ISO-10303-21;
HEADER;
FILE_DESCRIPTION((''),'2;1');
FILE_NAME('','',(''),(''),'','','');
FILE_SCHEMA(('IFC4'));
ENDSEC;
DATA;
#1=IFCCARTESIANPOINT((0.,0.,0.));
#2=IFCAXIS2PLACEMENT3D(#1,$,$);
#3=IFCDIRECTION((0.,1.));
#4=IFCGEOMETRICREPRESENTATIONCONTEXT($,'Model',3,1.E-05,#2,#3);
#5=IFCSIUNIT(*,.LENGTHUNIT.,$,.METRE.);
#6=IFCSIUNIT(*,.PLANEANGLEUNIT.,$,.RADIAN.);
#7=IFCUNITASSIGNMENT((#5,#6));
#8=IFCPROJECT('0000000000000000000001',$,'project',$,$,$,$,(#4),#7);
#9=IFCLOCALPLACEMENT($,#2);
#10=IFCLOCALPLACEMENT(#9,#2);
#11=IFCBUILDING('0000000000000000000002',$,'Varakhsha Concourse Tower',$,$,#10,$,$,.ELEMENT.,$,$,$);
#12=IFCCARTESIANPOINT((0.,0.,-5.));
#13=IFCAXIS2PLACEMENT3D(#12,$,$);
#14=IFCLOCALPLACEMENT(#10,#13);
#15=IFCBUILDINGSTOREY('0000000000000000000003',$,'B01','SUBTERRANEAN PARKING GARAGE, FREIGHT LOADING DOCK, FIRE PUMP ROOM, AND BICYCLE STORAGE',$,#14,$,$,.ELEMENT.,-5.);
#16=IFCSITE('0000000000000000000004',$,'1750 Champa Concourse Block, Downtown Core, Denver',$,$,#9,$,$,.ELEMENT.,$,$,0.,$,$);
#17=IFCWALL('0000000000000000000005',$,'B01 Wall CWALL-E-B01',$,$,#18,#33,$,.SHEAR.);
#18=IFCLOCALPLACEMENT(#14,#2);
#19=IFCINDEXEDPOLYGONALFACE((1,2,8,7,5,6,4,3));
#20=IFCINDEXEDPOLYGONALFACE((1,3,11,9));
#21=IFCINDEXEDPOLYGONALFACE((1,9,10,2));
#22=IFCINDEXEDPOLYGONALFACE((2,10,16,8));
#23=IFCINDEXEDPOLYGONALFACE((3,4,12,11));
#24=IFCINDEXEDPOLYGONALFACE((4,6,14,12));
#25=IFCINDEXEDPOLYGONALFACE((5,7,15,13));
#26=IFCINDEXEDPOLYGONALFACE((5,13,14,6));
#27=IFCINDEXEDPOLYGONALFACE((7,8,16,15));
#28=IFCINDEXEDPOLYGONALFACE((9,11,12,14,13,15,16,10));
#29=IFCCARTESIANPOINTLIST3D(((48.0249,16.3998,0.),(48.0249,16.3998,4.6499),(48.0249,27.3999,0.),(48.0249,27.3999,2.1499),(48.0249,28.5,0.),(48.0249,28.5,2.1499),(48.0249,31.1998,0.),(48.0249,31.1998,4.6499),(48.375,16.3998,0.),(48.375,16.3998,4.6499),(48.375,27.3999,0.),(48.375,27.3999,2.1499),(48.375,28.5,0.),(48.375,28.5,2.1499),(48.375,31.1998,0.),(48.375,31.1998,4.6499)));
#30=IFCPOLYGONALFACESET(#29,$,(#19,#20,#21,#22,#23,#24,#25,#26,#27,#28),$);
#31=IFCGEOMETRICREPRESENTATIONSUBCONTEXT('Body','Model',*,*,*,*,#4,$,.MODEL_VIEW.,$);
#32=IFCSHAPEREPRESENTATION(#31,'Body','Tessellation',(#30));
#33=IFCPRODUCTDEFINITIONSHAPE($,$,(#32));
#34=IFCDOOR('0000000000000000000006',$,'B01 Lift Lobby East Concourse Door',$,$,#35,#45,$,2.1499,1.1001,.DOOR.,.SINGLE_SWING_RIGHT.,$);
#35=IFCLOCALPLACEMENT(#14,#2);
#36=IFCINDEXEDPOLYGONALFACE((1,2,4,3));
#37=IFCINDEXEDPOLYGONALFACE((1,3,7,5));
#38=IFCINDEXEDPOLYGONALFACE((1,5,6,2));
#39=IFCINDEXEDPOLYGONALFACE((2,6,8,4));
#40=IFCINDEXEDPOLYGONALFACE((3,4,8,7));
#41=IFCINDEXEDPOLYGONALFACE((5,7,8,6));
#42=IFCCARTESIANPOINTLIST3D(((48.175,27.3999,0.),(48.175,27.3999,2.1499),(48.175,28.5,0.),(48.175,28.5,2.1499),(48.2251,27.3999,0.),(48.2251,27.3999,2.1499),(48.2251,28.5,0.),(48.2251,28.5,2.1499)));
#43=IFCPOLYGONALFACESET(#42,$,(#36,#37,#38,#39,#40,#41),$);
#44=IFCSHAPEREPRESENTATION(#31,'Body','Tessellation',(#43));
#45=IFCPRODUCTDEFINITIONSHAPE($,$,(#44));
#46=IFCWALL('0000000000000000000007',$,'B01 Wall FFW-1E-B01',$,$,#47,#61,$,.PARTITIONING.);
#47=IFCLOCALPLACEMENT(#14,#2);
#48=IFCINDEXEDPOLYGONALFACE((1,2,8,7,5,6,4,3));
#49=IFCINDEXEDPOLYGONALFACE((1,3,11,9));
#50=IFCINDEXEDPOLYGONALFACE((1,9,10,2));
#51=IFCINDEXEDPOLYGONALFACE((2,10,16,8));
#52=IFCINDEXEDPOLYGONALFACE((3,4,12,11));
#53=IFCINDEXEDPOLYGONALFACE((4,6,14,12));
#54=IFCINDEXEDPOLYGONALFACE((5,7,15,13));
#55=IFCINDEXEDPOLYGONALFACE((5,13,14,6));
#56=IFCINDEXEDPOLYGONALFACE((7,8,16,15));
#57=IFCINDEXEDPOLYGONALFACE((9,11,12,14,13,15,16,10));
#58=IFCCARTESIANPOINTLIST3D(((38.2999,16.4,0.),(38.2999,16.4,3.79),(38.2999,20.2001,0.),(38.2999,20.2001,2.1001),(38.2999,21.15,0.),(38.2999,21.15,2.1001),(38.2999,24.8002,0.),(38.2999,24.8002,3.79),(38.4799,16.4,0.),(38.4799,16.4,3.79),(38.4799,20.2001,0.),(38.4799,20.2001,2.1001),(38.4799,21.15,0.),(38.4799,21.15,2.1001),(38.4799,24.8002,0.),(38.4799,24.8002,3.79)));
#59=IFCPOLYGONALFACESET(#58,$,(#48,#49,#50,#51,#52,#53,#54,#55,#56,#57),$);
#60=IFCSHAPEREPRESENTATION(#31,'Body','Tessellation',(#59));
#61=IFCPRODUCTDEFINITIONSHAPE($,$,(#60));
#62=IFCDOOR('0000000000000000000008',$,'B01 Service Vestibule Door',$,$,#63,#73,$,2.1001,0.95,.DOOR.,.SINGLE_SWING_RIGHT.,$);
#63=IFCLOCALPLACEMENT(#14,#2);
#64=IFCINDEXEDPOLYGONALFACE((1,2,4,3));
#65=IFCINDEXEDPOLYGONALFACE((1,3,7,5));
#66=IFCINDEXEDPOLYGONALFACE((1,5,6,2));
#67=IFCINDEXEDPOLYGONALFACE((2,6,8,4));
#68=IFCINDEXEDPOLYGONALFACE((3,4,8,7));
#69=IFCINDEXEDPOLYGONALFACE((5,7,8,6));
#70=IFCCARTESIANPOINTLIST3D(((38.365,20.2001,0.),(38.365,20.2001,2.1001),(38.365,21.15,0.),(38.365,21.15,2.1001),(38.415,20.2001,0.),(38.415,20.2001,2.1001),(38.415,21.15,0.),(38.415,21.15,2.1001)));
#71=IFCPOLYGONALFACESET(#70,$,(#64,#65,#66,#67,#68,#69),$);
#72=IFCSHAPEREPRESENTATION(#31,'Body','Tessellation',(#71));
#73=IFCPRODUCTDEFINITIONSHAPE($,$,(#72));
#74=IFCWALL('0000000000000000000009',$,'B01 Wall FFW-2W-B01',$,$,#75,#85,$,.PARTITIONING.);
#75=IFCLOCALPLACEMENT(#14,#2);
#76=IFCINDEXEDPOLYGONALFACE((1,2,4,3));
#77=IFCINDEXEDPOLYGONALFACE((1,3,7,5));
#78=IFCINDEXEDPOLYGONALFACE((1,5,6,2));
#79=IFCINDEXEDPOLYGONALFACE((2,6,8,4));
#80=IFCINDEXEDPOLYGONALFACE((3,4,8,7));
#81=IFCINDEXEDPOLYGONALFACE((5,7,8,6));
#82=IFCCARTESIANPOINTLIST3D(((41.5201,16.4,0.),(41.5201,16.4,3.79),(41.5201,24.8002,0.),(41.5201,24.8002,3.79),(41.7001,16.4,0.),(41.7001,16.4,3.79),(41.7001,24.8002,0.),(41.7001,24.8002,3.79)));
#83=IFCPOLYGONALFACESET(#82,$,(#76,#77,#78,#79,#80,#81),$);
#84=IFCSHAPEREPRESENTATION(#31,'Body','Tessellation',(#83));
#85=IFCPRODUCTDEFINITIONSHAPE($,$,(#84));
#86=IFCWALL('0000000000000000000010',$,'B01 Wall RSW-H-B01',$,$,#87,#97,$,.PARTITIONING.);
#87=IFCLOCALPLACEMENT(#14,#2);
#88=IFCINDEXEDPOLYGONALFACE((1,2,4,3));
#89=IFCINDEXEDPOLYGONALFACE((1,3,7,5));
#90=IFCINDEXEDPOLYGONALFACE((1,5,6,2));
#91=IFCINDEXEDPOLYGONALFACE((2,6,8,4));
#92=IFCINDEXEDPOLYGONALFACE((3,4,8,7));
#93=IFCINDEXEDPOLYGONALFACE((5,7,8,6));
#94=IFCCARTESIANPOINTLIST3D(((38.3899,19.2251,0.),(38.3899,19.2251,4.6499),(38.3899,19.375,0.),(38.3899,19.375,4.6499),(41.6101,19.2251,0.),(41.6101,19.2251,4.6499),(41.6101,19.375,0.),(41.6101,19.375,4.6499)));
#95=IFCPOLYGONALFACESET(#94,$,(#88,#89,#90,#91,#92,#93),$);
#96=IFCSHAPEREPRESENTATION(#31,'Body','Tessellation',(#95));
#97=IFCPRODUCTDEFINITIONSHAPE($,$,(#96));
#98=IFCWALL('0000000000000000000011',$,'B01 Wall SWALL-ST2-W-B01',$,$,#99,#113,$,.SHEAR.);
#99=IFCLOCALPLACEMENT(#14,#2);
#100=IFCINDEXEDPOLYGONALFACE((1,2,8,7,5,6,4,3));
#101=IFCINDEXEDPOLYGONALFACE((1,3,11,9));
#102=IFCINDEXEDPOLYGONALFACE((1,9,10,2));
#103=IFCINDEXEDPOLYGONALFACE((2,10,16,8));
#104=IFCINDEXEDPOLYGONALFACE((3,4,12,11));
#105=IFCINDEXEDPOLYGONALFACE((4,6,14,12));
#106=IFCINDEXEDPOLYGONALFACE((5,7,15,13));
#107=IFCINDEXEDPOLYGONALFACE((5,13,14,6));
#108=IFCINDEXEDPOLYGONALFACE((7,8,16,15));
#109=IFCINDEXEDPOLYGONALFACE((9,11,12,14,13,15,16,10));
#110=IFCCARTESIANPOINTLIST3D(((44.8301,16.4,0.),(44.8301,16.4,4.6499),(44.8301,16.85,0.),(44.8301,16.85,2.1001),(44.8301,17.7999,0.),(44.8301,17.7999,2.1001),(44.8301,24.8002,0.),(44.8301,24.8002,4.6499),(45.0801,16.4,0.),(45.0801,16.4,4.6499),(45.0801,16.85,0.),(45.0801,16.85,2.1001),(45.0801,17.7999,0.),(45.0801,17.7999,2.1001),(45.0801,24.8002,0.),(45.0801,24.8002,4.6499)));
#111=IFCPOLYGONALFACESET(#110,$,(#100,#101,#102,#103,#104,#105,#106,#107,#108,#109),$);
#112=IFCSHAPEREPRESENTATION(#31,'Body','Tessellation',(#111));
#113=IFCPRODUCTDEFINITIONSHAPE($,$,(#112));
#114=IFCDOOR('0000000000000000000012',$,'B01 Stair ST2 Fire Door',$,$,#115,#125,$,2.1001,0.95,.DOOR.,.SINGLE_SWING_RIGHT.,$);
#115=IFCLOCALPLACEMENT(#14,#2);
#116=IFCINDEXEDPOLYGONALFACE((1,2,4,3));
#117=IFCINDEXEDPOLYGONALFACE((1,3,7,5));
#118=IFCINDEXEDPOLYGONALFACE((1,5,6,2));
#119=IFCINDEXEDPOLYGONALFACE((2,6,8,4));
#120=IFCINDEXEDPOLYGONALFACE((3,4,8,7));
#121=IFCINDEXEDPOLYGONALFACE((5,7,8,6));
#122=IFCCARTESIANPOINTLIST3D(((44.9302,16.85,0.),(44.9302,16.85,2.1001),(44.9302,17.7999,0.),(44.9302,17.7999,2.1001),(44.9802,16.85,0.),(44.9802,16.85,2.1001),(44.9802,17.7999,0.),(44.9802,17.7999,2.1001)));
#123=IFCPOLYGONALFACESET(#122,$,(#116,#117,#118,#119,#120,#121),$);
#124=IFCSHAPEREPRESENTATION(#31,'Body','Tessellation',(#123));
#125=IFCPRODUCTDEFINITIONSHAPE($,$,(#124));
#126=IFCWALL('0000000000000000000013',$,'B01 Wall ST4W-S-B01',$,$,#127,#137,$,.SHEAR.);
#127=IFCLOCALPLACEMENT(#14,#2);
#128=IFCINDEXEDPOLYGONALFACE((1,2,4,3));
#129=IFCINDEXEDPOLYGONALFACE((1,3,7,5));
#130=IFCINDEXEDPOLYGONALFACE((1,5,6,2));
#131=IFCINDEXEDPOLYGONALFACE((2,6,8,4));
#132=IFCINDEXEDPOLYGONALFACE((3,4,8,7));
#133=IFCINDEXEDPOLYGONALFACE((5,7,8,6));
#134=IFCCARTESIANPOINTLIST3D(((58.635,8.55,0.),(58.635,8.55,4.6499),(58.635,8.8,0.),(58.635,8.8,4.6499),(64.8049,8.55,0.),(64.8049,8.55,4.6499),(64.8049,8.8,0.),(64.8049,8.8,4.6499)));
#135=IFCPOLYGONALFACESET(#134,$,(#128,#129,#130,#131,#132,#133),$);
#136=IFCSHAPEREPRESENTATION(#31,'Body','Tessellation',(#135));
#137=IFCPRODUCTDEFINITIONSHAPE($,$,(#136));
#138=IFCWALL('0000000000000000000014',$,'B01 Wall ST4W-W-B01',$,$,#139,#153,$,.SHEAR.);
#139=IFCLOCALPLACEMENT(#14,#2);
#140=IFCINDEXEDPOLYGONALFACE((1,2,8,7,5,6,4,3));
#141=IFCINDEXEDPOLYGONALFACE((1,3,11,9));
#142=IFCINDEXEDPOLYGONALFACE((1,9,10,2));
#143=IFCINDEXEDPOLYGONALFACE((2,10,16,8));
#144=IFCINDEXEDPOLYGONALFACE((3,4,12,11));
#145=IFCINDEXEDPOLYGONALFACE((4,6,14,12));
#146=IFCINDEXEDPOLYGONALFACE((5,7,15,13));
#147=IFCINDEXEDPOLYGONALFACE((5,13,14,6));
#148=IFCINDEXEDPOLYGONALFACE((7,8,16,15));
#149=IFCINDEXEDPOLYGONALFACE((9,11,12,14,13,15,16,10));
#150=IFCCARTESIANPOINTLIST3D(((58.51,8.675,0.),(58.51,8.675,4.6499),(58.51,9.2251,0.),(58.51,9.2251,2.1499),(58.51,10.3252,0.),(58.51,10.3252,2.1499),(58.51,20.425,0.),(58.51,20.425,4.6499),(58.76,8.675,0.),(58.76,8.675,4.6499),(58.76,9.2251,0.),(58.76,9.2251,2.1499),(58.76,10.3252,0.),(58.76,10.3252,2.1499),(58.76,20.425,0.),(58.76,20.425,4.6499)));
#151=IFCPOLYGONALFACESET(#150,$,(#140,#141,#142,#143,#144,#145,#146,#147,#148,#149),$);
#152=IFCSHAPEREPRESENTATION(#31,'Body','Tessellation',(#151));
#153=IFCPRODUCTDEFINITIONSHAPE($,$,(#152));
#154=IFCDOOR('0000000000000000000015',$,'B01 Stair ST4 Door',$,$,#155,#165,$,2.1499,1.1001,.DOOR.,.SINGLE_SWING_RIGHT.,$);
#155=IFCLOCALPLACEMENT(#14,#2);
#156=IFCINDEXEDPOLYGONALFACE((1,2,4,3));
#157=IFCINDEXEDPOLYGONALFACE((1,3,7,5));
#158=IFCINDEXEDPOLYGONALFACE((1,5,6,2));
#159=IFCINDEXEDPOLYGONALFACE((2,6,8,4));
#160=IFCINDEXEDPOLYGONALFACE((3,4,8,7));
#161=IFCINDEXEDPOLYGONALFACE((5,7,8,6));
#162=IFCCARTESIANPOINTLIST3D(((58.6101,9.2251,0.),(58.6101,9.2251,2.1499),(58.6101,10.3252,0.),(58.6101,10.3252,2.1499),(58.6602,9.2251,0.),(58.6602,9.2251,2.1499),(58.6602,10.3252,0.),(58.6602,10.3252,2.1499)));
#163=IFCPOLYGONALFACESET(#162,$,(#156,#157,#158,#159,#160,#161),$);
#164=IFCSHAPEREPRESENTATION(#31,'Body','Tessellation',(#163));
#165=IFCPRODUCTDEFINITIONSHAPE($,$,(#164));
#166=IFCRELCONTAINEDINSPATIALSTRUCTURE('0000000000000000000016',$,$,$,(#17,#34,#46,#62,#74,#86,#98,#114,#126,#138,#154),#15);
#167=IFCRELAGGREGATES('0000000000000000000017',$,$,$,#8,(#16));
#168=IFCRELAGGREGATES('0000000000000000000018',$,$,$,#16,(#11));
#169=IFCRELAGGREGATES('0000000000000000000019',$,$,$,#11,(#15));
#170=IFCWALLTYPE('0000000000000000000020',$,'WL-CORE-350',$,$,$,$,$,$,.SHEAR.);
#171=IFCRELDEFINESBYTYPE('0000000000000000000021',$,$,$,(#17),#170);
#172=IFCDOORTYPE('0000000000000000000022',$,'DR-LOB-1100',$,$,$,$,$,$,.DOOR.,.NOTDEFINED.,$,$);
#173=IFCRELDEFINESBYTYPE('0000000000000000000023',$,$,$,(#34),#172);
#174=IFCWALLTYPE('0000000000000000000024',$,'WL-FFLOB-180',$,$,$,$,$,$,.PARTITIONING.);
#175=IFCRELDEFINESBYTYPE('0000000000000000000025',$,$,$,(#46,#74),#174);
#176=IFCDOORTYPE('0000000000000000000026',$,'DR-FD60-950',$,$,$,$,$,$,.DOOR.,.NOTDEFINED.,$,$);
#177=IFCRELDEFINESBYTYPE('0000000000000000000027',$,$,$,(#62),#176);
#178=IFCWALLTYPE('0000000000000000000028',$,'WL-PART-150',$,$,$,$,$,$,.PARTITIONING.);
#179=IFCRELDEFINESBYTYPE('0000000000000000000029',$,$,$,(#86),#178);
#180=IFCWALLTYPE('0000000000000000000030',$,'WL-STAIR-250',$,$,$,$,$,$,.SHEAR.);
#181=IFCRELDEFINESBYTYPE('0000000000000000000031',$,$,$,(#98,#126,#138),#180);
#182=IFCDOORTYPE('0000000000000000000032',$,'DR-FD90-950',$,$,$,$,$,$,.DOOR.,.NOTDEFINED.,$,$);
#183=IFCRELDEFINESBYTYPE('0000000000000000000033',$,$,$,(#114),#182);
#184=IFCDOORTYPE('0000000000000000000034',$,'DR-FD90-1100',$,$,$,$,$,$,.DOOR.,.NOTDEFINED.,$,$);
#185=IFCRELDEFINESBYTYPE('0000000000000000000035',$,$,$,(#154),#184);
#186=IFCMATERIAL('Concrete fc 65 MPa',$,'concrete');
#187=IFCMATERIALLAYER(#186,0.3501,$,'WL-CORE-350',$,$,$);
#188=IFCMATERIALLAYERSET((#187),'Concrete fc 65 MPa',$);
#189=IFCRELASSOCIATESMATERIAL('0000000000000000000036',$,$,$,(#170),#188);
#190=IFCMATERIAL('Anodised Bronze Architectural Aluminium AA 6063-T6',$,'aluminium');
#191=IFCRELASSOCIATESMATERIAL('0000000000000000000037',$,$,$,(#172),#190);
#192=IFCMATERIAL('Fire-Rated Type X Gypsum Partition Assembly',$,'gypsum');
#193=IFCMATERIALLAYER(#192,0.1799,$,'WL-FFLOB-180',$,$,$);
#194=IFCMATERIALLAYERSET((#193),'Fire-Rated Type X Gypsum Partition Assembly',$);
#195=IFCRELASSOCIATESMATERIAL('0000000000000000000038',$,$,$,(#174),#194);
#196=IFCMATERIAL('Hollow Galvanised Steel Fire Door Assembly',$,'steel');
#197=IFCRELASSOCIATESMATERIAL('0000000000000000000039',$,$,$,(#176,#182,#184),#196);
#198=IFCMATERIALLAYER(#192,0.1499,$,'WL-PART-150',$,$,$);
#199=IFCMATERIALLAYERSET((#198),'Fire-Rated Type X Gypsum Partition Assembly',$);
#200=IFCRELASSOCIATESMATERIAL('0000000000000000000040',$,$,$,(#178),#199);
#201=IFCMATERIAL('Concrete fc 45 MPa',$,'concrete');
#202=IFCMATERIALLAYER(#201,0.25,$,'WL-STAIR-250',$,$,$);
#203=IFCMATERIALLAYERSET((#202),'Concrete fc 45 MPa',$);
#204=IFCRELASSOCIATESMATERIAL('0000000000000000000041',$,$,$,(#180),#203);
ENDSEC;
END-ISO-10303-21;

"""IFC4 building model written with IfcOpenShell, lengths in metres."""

from ifc_helpers import new_model, si_unit, direction, frame, frame_2d, origin, place, context, subcontext, project, spatial, rectangle, extrude, material, layer, layer_set, type_object, element, fill, save


model = new_model("IFC4")

# Units and contexts
model_context = context("Model", 3, precision=1e-05, world=origin(), true_north=direction((0.0, 1.0)))
body_context = subcontext(model_context, "Body", "Model", "MODEL_VIEW")
ifc_project = project(units=[si_unit("LENGTHUNIT", "METRE"), si_unit("PLANEANGLEUNIT", "RADIAN")], contexts=[model_context])

# Site, building, storey
site_placement = place(None, origin())
site = spatial("IfcSite", under=ifc_project, at=site_placement, Name="1750 Champa Concourse Block, Downtown Core, Denver", CompositionType="ELEMENT", RefElevation=0.0)
building_placement = place(site_placement, origin())
building = spatial("IfcBuilding", under=site, at=building_placement, Name="Varakhsha Concourse Tower", CompositionType="ELEMENT")
storey_placement = place(building_placement, frame((0.0, 0.0, -5.0)))
storey = spatial("IfcBuildingStorey", under=building, at=storey_placement, Name="B01", Description="SUBTERRANEAN PARKING GARAGE, FREIGHT LOADING DOCK, FIRE PUMP ROOM, AND BICYCLE STORAGE", CompositionType="ELEMENT", Elevation=-5.0)

# Shared definitions
ifc_material_1 = material(Name="Concrete fc 65 MPa", Category="concrete")

# Walls, openings, doors
ifc_layer_1 = layer(ifc_material_1, 0.3501, Name="WL-CORE-350")
ifc_layer_set_1 = layer_set([ifc_layer_1], Name="Concrete fc 65 MPa")
wall_type_1 = type_object("IfcWallType", Name="WL-CORE-350", PredefinedType="SHEAR", material=ifc_layer_set_1)
wall_1_placement = place(storey_placement, frame((48.2, 16.3999, 0.0), z_axis=(0.0, 0.0, 1.0), x_axis=(0.0, 1.0, 0.0)))
wall_1 = element("IfcWall", 1, at=wall_1_placement, inside=storey, type_object=wall_type_1, Name="B01 Wall CWALL-E-B01", PredefinedType="SHEAR", context=body_context, shape_type="SweptSolid", body=[
    extrude(rectangle(XDim=14.8, YDim=0.3501, at=frame_2d((7.3999, 0.0))), origin(), (0.0, 0.0, 1.0), 4.6499),
])
opening_1_placement = place(wall_1_placement, frame((11.0, 0.0, 0.0)))
opening_1 = element("IfcOpeningElement", 2, at=opening_1_placement, cuts=wall_1, PredefinedType="OPENING", context=body_context, shape_type="SweptSolid", body=[
    extrude(rectangle(XDim=1.1001, YDim=2.1499, at=frame_2d((0.55, 1.075))), frame((0.0, 0.1851, 0.0), z_axis=(0.0, -1.0, 0.0), x_axis=(1.0, 0.0, 0.0)), (0.0, 0.0, 1.0), 0.3701),
])
ifc_material_2 = material(Name="Anodised Bronze Architectural Aluminium AA 6063-T6", Category="aluminium")
door_type_1 = type_object("IfcDoorType", Name="DR-LOB-1100", OperationType="NOTDEFINED", PredefinedType="DOOR", material=ifc_material_2)
door_1_placement = place(opening_1_placement, origin())
door_1 = element("IfcDoor", 3, at=door_1_placement, inside=storey, type_object=door_type_1, Name="B01 Lift Lobby East Concourse Door", OperationType="SINGLE_SWING_RIGHT", OverallHeight=2.1499, OverallWidth=1.1001, PredefinedType="DOOR", context=body_context, shape_type="SweptSolid", body=[
    extrude(rectangle(XDim=1.1001, YDim=2.1499, at=frame_2d((0.55, 1.075))), frame((0.0, 0.0249, 0.0), z_axis=(0.0, -1.0, 0.0), x_axis=(1.0, 0.0, 0.0)), (0.0, 0.0, 1.0), 0.05),
])
fill(opening_1, door_1)
ifc_material_3 = material(Name="Fire-Rated Type X Gypsum Partition Assembly", Category="gypsum")
ifc_layer_2 = layer(ifc_material_3, 0.1799, Name="WL-FFLOB-180")
ifc_layer_set_2 = layer_set([ifc_layer_2], Name="Fire-Rated Type X Gypsum Partition Assembly")
wall_type_2 = type_object("IfcWallType", Name="WL-FFLOB-180", PredefinedType="PARTITIONING", material=ifc_layer_set_2)
wall_2_placement = place(storey_placement, frame((38.3899, 16.3999, 0.0), z_axis=(0.0, 0.0, 1.0), x_axis=(0.0, 1.0, 0.0)))
wall_2 = element("IfcWall", 4, at=wall_2_placement, inside=storey, type_object=wall_type_2, Name="B01 Wall FFW-1E-B01", PredefinedType="PARTITIONING", context=body_context, shape_type="SweptSolid", body=[
    extrude(rectangle(XDim=8.4001, YDim=0.1799, at=frame_2d((4.2002, 0.0))), origin(), (0.0, 0.0, 1.0), 3.79),
])
opening_2_placement = place(wall_2_placement, frame((3.8, 0.0, 0.0)))
opening_2 = element("IfcOpeningElement", 5, at=opening_2_placement, cuts=wall_2, PredefinedType="OPENING", context=body_context, shape_type="SweptSolid", body=[
    extrude(rectangle(XDim=0.95, YDim=2.1001, at=frame_2d((0.4751, 1.05))), frame((0.0, 0.0999, 0.0), z_axis=(0.0, -1.0, 0.0), x_axis=(1.0, 0.0, 0.0)), (0.0, 0.0, 1.0), 0.2),
])
ifc_material_4 = material(Name="Hollow Galvanised Steel Fire Door Assembly", Category="steel")
door_type_2 = type_object("IfcDoorType", Name="DR-FD60-950", OperationType="NOTDEFINED", PredefinedType="DOOR", material=ifc_material_4)
door_2_placement = place(opening_2_placement, origin())
door_2 = element("IfcDoor", 6, at=door_2_placement, inside=storey, type_object=door_type_2, Name="B01 Service Vestibule Door", OperationType="SINGLE_SWING_RIGHT", OverallHeight=2.1001, OverallWidth=0.95, PredefinedType="DOOR", context=body_context, shape_type="SweptSolid", body=[
    extrude(rectangle(XDim=0.95, YDim=2.1001, at=frame_2d((0.4751, 1.05))), frame((0.0, 0.0249, 0.0), z_axis=(0.0, -1.0, 0.0), x_axis=(1.0, 0.0, 0.0)), (0.0, 0.0, 1.0), 0.05),
])
fill(opening_2, door_2)

# Walls
wall_3_placement = place(storey_placement, frame((41.6101, 16.3999, 0.0), z_axis=(0.0, 0.0, 1.0), x_axis=(0.0, 1.0, 0.0)))
element("IfcWall", 7, at=wall_3_placement, inside=storey, type_object=wall_type_2, Name="B01 Wall FFW-2W-B01", PredefinedType="PARTITIONING", context=body_context, shape_type="SweptSolid", body=[
    extrude(rectangle(XDim=8.4001, YDim=0.1799, at=frame_2d((4.2002, 0.0))), origin(), (0.0, 0.0, 1.0), 3.79),
])
ifc_layer_3 = layer(ifc_material_3, 0.1499, Name="WL-PART-150")
ifc_layer_set_3 = layer_set([ifc_layer_3], Name="Fire-Rated Type X Gypsum Partition Assembly")
wall_type_3 = type_object("IfcWallType", Name="WL-PART-150", PredefinedType="PARTITIONING", material=ifc_layer_set_3)
wall_4_placement = place(storey_placement, frame((38.3899, 19.3, 0.0), z_axis=(0.0, 0.0, 1.0), x_axis=(1.0, 0.0, 0.0)))
element("IfcWall", 8, at=wall_4_placement, inside=storey, type_object=wall_type_3, Name="B01 Wall RSW-H-B01", PredefinedType="PARTITIONING", context=body_context, shape_type="SweptSolid", body=[
    extrude(rectangle(XDim=3.2202, YDim=0.1499, at=frame_2d((1.6101, 0.0))), origin(), (0.0, 0.0, 1.0), 4.6499),
])

# Wall, opening, door
ifc_material_5 = material(Name="Concrete fc 45 MPa", Category="concrete")
ifc_layer_4 = layer(ifc_material_5, 0.25, Name="WL-STAIR-250")
ifc_layer_set_4 = layer_set([ifc_layer_4], Name="Concrete fc 45 MPa")
wall_type_4 = type_object("IfcWallType", Name="WL-STAIR-250", PredefinedType="SHEAR", material=ifc_layer_set_4)
wall_5_placement = place(storey_placement, frame((44.9551, 16.3999, 0.0), z_axis=(0.0, 0.0, 1.0), x_axis=(0.0, 1.0, 0.0)))
wall_5 = element("IfcWall", 9, at=wall_5_placement, inside=storey, type_object=wall_type_4, Name="B01 Wall SWALL-ST2-W-B01", PredefinedType="SHEAR", context=body_context, shape_type="SweptSolid", body=[
    extrude(rectangle(XDim=8.4001, YDim=0.25, at=frame_2d((4.2002, 0.0))), origin(), (0.0, 0.0, 1.0), 4.6499),
])
opening_3_placement = place(wall_5_placement, frame((0.45, 0.0, 0.0)))
opening_3 = element("IfcOpeningElement", 10, at=opening_3_placement, cuts=wall_5, PredefinedType="OPENING", context=body_context, shape_type="SweptSolid", body=[
    extrude(rectangle(XDim=0.95, YDim=2.1001, at=frame_2d((0.4751, 1.05))), frame((0.0, 0.135, 0.0), z_axis=(0.0, -1.0, 0.0), x_axis=(1.0, 0.0, 0.0)), (0.0, 0.0, 1.0), 0.27),
])
door_type_3 = type_object("IfcDoorType", Name="DR-FD90-950", OperationType="NOTDEFINED", PredefinedType="DOOR", material=ifc_material_4)
door_3_placement = place(opening_3_placement, origin())
door_3 = element("IfcDoor", 11, at=door_3_placement, inside=storey, type_object=door_type_3, Name="B01 Stair ST2 Fire Door", OperationType="SINGLE_SWING_RIGHT", OverallHeight=2.1001, OverallWidth=0.95, PredefinedType="DOOR", context=body_context, shape_type="SweptSolid", body=[
    extrude(rectangle(XDim=0.95, YDim=2.1001, at=frame_2d((0.4751, 1.05))), frame((0.0, 0.0249, 0.0), z_axis=(0.0, -1.0, 0.0), x_axis=(1.0, 0.0, 0.0)), (0.0, 0.0, 1.0), 0.05),
])
fill(opening_3, door_3)

# Wall
wall_6_placement = place(storey_placement, frame((58.635, 8.675, 0.0), z_axis=(0.0, 0.0, 1.0), x_axis=(1.0, 0.0, 0.0)))
element("IfcWall", 12, at=wall_6_placement, inside=storey, type_object=wall_type_4, Name="B01 Wall ST4W-S-B01", PredefinedType="SHEAR", context=body_context, shape_type="SweptSolid", body=[
    extrude(rectangle(XDim=6.1699, YDim=0.25, at=frame_2d((3.085, 0.0))), origin(), (0.0, 0.0, 1.0), 4.6499),
])

# Wall, opening, door
wall_7_placement = place(storey_placement, frame((58.635, 8.675, 0.0), z_axis=(0.0, 0.0, 1.0), x_axis=(0.0, 1.0, 0.0)))
wall_7 = element("IfcWall", 13, at=wall_7_placement, inside=storey, type_object=wall_type_4, Name="B01 Wall ST4W-W-B01", PredefinedType="SHEAR", context=body_context, shape_type="SweptSolid", body=[
    extrude(rectangle(XDim=11.75, YDim=0.25, at=frame_2d((5.875, 0.0))), origin(), (0.0, 0.0, 1.0), 4.6499),
])
opening_4_placement = place(wall_7_placement, frame((0.55, 0.0, 0.0)))
opening_4 = element("IfcOpeningElement", 14, at=opening_4_placement, cuts=wall_7, PredefinedType="OPENING", context=body_context, shape_type="SweptSolid", body=[
    extrude(rectangle(XDim=1.1001, YDim=2.1499, at=frame_2d((0.55, 1.075))), frame((0.0, 0.135, 0.0), z_axis=(0.0, -1.0, 0.0), x_axis=(1.0, 0.0, 0.0)), (0.0, 0.0, 1.0), 0.27),
])
door_type_4 = type_object("IfcDoorType", Name="DR-FD90-1100", OperationType="NOTDEFINED", PredefinedType="DOOR", material=ifc_material_4)
door_4_placement = place(opening_4_placement, origin())
door_4 = element("IfcDoor", 15, at=door_4_placement, inside=storey, type_object=door_type_4, Name="B01 Stair ST4 Door", OperationType="SINGLE_SWING_RIGHT", OverallHeight=2.1499, OverallWidth=1.1001, PredefinedType="DOOR", context=body_context, shape_type="SweptSolid", body=[
    extrude(rectangle(XDim=1.1001, YDim=2.1499, at=frame_2d((0.55, 1.075))), frame((0.0, 0.0249, 0.0), z_axis=(0.0, -1.0, 0.0), x_axis=(1.0, 0.0, 0.0)), (0.0, 0.0, 1.0), 0.05),
])
fill(opening_4, door_4)

save(model, "model.ifc")
